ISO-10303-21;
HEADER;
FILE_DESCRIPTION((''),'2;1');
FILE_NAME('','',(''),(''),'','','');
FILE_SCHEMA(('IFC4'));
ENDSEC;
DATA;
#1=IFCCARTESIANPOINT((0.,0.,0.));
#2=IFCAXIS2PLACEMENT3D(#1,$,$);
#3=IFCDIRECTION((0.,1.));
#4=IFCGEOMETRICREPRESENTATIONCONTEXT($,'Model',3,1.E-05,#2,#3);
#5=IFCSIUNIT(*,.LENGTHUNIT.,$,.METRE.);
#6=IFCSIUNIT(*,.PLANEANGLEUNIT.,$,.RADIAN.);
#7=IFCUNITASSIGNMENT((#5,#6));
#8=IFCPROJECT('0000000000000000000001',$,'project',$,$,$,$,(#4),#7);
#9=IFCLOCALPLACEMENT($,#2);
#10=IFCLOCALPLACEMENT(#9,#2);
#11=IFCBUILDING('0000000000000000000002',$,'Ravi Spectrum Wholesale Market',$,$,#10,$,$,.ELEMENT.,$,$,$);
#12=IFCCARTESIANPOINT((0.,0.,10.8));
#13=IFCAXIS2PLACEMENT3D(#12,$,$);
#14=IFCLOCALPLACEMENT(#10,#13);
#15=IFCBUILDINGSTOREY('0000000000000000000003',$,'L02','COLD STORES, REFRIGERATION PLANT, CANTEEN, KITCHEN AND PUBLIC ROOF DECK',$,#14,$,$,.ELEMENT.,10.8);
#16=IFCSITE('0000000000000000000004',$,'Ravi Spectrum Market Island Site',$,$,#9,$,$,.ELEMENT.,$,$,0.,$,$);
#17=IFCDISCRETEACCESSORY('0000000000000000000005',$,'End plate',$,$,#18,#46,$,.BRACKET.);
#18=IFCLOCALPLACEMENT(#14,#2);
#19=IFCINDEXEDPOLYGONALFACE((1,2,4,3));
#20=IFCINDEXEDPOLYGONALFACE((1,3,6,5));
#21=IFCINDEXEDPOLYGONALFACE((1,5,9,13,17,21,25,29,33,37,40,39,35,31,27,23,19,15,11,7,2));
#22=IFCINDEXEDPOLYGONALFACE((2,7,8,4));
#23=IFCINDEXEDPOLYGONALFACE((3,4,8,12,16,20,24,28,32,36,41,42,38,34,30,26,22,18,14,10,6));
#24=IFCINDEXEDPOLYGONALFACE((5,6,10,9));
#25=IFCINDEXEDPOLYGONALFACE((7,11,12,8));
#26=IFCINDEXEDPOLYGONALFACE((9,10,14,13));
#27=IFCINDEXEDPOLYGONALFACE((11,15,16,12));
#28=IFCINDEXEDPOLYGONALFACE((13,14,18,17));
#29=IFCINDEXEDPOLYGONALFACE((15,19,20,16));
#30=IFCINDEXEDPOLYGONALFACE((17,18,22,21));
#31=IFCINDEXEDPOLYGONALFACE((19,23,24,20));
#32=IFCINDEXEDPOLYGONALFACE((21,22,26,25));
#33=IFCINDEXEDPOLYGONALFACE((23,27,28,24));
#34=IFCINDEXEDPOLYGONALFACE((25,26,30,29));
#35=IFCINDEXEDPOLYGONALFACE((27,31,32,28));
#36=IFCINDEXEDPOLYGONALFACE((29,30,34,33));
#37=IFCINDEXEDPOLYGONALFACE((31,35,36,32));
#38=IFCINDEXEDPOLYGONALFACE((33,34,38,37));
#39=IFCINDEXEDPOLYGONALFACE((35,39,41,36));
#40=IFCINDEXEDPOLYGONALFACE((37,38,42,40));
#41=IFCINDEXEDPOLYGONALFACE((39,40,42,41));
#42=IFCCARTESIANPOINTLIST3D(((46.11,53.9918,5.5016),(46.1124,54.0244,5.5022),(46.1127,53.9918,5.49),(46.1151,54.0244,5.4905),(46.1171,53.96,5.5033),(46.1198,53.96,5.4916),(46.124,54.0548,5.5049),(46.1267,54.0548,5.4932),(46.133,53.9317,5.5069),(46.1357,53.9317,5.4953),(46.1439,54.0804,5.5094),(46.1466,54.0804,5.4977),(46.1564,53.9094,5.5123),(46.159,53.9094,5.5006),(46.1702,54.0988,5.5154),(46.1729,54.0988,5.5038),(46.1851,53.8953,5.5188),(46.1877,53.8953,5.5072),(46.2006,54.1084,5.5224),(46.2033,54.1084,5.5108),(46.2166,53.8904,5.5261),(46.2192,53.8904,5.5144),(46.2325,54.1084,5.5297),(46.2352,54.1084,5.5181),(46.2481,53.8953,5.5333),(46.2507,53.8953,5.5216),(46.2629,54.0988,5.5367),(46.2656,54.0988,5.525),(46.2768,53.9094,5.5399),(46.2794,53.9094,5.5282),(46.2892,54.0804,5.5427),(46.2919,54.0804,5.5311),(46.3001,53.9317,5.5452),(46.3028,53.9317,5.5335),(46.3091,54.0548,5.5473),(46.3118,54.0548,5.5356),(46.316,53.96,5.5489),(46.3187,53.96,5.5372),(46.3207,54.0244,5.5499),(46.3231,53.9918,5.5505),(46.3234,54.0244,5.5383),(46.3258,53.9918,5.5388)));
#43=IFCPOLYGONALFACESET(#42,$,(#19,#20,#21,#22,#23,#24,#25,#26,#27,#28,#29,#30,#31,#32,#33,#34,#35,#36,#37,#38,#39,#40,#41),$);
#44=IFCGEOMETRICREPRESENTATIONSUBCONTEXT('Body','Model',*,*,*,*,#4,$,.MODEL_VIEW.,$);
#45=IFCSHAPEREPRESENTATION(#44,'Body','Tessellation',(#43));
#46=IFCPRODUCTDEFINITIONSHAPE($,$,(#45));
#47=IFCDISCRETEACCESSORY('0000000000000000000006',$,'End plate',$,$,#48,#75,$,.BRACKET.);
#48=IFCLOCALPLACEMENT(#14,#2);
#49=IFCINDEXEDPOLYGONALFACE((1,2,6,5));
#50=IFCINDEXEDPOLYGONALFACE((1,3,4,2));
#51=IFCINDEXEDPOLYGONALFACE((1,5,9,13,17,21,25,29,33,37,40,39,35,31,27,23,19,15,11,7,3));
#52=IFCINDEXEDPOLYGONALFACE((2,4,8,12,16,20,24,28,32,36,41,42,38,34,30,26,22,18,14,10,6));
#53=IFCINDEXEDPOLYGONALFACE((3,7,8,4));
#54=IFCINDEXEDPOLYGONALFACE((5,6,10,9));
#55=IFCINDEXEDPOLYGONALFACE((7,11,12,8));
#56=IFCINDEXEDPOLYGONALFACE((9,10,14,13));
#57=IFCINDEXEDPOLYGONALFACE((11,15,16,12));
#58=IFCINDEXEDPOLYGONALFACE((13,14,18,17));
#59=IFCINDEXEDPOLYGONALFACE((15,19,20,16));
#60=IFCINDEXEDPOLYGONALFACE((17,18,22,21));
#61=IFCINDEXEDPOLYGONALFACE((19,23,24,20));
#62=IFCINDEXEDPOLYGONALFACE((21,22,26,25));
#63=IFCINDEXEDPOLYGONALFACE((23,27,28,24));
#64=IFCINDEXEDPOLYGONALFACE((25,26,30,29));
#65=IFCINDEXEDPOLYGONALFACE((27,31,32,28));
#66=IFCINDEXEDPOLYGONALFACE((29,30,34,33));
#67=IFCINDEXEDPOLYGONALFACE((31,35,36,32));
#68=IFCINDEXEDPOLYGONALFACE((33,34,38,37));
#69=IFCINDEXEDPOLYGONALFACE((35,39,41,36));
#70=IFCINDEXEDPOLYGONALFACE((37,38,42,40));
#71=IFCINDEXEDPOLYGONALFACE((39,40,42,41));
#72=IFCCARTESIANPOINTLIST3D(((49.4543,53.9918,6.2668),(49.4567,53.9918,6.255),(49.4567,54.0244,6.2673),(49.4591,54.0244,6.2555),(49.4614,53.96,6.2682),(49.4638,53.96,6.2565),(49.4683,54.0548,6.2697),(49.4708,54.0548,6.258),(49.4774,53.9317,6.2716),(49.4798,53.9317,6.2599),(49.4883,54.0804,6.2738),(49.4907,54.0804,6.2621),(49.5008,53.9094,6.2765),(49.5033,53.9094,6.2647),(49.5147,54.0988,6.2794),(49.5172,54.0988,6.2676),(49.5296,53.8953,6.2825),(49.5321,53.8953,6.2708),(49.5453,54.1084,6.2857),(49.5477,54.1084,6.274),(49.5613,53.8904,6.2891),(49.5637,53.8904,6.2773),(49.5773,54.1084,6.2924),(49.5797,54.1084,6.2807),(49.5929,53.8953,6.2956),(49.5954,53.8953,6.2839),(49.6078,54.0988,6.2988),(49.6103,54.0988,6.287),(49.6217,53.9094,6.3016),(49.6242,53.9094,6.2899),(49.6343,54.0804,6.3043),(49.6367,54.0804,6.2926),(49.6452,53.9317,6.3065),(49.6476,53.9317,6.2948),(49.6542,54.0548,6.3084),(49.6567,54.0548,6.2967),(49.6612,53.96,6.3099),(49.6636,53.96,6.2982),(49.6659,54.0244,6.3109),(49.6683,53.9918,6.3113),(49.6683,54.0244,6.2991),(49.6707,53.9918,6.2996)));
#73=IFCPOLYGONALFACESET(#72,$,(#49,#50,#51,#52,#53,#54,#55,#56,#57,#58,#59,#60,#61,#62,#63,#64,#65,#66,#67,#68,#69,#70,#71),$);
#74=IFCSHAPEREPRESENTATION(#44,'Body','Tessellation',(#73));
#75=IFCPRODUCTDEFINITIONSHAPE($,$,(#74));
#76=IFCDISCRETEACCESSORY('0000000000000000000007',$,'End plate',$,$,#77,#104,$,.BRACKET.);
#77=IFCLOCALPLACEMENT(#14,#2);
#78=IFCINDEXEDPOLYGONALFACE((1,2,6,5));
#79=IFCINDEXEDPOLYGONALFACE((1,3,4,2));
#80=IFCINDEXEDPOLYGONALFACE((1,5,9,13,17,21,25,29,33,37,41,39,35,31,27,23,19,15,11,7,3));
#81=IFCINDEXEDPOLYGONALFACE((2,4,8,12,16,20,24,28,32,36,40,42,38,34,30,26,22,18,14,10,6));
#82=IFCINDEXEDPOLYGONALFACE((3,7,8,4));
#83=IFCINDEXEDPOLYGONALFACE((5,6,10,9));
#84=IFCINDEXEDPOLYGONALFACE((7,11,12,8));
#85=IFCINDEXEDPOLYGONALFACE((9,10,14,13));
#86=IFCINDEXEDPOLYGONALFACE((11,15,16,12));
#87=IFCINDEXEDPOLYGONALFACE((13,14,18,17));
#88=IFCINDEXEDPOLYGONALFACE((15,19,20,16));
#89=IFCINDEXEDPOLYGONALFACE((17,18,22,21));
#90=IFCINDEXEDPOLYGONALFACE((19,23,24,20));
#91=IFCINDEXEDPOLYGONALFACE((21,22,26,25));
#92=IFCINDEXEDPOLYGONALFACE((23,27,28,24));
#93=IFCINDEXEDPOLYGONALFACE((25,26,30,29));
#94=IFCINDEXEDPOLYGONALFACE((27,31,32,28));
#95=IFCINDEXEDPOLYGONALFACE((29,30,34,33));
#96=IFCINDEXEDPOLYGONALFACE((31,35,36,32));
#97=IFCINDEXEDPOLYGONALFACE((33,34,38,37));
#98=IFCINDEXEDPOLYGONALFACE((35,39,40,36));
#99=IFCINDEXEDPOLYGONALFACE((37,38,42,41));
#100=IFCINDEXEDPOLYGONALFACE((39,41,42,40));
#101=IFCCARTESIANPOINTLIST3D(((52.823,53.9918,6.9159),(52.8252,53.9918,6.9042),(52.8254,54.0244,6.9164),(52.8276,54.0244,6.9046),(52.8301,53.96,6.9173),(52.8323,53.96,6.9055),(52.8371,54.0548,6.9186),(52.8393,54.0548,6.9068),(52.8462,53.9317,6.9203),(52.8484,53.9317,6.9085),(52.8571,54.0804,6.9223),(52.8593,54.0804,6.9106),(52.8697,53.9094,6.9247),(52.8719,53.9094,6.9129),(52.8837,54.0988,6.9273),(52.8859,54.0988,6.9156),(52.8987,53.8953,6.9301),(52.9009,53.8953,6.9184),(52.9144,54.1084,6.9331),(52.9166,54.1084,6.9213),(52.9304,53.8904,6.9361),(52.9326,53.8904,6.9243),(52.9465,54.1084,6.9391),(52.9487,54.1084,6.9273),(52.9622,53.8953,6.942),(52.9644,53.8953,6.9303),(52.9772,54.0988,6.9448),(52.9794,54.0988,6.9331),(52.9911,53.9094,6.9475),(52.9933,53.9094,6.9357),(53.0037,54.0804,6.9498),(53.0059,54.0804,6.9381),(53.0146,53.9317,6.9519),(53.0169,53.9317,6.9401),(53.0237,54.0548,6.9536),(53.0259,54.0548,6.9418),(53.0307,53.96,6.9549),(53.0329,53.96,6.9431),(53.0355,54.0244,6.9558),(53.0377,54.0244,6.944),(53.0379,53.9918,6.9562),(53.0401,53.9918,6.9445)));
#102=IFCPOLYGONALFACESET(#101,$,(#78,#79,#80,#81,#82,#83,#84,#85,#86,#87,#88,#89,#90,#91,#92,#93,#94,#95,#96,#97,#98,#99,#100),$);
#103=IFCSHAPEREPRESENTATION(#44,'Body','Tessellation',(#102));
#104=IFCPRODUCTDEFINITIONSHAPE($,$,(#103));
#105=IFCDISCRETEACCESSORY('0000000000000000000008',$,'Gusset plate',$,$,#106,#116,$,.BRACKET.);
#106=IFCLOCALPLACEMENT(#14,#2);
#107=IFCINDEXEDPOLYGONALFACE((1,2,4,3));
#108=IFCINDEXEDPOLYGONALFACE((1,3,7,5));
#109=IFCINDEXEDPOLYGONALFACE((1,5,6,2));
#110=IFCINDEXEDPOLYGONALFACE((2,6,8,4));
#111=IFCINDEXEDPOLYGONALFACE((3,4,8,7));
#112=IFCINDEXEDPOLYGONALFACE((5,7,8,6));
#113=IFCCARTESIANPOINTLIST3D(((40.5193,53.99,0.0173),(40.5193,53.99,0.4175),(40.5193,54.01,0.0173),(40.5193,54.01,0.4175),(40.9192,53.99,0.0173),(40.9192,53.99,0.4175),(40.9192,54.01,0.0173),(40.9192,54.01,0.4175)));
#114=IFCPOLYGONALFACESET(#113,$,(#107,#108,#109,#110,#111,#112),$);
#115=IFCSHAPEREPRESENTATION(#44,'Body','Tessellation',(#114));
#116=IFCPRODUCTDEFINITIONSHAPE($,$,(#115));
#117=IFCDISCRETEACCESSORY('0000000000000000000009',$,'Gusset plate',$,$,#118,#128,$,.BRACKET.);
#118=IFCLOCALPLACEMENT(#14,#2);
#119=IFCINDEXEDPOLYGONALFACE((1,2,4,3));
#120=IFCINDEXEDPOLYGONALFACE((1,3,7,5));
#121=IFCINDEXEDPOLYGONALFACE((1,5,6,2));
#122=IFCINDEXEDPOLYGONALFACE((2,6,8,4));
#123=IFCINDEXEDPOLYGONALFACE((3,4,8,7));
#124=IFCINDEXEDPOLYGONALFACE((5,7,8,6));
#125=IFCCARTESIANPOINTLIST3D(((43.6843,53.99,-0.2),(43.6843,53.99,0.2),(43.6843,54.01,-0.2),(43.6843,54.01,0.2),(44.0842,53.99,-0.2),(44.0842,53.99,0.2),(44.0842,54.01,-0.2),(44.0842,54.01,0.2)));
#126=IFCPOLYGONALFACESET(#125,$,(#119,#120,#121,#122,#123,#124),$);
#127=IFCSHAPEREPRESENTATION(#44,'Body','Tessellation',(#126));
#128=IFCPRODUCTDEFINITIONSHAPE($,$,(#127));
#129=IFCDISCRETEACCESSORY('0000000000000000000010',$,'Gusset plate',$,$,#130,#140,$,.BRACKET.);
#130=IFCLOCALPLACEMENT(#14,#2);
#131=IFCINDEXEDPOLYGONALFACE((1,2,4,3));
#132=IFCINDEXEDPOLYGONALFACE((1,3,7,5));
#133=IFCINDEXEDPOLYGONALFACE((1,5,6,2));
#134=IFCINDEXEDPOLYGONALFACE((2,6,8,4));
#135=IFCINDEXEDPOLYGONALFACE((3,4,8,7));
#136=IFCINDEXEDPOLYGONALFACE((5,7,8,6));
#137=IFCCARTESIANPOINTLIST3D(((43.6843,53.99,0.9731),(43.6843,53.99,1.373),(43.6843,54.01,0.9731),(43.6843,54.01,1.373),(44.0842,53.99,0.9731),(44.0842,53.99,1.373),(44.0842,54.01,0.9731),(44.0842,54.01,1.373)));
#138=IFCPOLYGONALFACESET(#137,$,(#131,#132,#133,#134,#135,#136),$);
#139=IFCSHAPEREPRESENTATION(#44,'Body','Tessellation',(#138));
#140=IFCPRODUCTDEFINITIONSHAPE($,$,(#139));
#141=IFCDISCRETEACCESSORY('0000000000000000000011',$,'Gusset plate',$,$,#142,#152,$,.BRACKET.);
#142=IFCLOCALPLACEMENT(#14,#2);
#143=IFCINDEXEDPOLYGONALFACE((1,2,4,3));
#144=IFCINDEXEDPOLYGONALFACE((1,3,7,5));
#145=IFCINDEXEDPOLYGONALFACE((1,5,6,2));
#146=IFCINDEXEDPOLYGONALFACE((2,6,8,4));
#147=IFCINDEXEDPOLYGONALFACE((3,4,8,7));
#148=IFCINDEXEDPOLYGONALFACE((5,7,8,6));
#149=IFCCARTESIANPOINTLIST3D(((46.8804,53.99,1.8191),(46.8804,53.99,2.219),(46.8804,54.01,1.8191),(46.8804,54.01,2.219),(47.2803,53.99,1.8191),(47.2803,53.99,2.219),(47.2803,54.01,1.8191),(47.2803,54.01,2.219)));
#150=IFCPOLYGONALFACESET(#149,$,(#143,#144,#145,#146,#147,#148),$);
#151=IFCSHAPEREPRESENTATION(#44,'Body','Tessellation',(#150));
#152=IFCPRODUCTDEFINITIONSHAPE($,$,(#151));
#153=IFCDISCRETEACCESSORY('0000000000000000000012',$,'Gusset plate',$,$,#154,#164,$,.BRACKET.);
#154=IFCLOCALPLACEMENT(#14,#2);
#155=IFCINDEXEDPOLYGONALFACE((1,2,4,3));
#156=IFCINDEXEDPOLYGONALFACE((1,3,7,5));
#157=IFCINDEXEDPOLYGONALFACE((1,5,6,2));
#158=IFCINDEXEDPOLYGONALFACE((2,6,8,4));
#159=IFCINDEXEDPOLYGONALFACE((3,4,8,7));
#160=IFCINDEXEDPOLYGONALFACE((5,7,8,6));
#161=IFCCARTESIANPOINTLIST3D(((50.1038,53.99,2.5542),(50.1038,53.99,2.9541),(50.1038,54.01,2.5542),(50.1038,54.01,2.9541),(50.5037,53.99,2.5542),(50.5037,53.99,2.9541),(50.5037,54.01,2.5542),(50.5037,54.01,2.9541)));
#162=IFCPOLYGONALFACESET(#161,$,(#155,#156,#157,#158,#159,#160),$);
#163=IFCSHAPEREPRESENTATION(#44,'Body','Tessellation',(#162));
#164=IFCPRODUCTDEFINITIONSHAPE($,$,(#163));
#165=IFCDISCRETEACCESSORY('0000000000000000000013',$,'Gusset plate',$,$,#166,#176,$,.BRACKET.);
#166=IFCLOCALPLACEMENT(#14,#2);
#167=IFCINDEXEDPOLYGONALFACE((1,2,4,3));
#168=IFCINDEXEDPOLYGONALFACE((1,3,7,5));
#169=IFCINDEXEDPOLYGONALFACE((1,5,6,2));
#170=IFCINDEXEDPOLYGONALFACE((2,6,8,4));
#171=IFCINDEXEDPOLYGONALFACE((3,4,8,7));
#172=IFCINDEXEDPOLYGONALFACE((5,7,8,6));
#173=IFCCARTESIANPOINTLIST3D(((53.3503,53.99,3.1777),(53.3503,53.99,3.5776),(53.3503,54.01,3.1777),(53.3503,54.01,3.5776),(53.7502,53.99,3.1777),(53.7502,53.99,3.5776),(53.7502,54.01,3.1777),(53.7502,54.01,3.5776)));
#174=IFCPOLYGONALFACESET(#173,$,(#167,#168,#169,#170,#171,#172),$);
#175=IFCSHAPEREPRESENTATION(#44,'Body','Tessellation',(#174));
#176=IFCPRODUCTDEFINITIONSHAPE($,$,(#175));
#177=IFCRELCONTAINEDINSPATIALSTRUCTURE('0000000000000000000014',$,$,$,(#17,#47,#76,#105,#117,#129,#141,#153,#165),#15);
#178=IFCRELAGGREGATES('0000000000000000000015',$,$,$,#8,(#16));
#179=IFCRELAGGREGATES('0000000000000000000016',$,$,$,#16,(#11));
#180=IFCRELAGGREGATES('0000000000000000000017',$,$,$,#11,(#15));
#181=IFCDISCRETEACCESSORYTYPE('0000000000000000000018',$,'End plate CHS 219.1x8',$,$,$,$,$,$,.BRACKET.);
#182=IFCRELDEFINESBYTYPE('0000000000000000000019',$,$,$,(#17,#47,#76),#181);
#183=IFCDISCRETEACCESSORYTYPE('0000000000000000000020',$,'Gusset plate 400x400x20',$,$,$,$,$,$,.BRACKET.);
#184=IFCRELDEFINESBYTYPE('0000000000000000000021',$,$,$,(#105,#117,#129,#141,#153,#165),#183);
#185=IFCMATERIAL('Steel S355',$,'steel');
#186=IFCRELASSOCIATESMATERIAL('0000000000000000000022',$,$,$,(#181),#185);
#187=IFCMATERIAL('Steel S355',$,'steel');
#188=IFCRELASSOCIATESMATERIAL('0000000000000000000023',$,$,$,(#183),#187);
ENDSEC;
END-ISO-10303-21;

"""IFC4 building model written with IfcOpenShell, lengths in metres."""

from ifc_helpers import new_model, si_unit, direction, frame, origin, origin_2d, place, context, subcontext, project, spatial, rectangle, circle, extrude, material, material_profile, profile_set, type_object, element, save


model = new_model("IFC4")

# Units and contexts
model_context = context("Model", 3, precision=1e-05, world=origin(), true_north=direction((0.0, 1.0)))
body_context = subcontext(model_context, "Body", "Model", "MODEL_VIEW")
ifc_project = project(units=[si_unit("LENGTHUNIT", "METRE"), si_unit("PLANEANGLEUNIT", "RADIAN")], contexts=[model_context])

# Site, building, storey
site_placement = place(None, origin())
site = spatial("IfcSite", under=ifc_project, at=site_placement, Name="Ravi Spectrum Market Island Site", CompositionType="ELEMENT", RefElevation=0.0)
building_placement = place(site_placement, origin())
building = spatial("IfcBuilding", under=site, at=building_placement, Name="Ravi Spectrum Wholesale Market", CompositionType="ELEMENT")
storey_placement = place(building_placement, frame((0.0, 0.0, 10.8)))
storey = spatial("IfcBuildingStorey", under=building, at=storey_placement, Name="L02", Description="COLD STORES, REFRIGERATION PLANT, CANTEEN, KITCHEN AND PUBLIC ROOF DECK", CompositionType="ELEMENT", Elevation=10.8)

# Discrete accessories
ifc_material_1 = material(Name="Steel S355", Category="steel")
ifc_material_profile_1 = material_profile(ifc_material_1, circle(Radius=0.1096, at=origin_2d()))
ifc_profile_set_1 = profile_set([ifc_material_profile_1], Name="Steel S355")
discrete_accessory_type_1 = type_object("IfcDiscreteAccessoryType", Name="End plate CHS 219.1x8", PredefinedType="BRACKET", material=ifc_profile_set_1)
for number, where, z_axis, x_axis, name in (
    (1, (46.2192, 54.0, 5.5144), (-0.223376, 0.0, 0.974732), (0.0, -1.0, 0.0), "End plate"),
    (2, (49.5637, 54.0, 6.2773), (-0.203954, 0.0, 0.97898), (0.0, -1.0, 0.0), "End plate"),
    (3, (52.9326, 54.0, 6.9243), (-0.184289, 0.0, 0.982872), (0.0, -1.0, 0.0), "End plate"),
):
    element("IfcDiscreteAccessory", number, at=place(storey_placement, frame(where, z_axis=z_axis, x_axis=x_axis)), inside=storey, type_object=discrete_accessory_type_1, Name=name, PredefinedType="BRACKET", context=body_context, shape_type="SweptSolid", body=[
        extrude(circle(Radius=0.1096, at=origin_2d()), origin(), (0.0, 0.0, 1.0), 0.012),
    ])
ifc_material_2 = material(Name="Steel S355", Category="steel")
ifc_material_profile_2 = material_profile(ifc_material_2, rectangle(XDim=0.3999, YDim=0.02, at=origin_2d()))
ifc_profile_set_2 = profile_set([ifc_material_profile_2], Name="Steel S355")
discrete_accessory_type_2 = type_object("IfcDiscreteAccessoryType", Name="Gusset plate 400x400x20", PredefinedType="BRACKET", material=ifc_profile_set_2)
discrete_accessory_1_placement = place(storey_placement, frame((40.7192, 54.0, 0.0173), z_axis=(0.0, 0.0, 1.0), x_axis=(1.0, 0.0, 0.0)))
element("IfcDiscreteAccessory", 4, at=discrete_accessory_1_placement, inside=storey, type_object=discrete_accessory_type_2, Name="Gusset plate", PredefinedType="BRACKET", context=body_context, shape_type="SweptSolid", body=[
    extrude(rectangle(XDim=0.3999, YDim=0.02, at=origin_2d()), origin(), (0.0, 0.0, 1.0), 0.4001),
])
for number, where, z_axis, x_axis, name in (
    (5, (43.8843, 54.0, -0.2), (0.0, 0.0, 1.0), (1.0, 0.0, 0.0), "Gusset plate"),
    (6, (43.8843, 54.0, 0.9731), (0.0, 0.0, 1.0), (1.0, 0.0, 0.0), "Gusset plate"),
    (7, (47.0803, 54.0, 1.8191), (0.0, 0.0, 1.0), (1.0, 0.0, 0.0), "Gusset plate"),
    (8, (50.3037, 54.0, 2.5542), (0.0, 0.0, 1.0), (1.0, 0.0, 0.0), "Gusset plate"),
    (9, (53.5503, 54.0, 3.1777), (0.0, 0.0, 1.0), (1.0, 0.0, 0.0), "Gusset plate"),
):
    element("IfcDiscreteAccessory", number, at=place(storey_placement, frame(where, z_axis=z_axis, x_axis=x_axis)), inside=storey, type_object=discrete_accessory_type_2, Name=name, PredefinedType="BRACKET", context=body_context, shape_type="SweptSolid", body=[
        extrude(rectangle(XDim=0.3999, YDim=0.02, at=origin_2d()), origin(), (0.0, 0.0, 1.0), 0.3999),
    ])

save(model, "model.ifc")
